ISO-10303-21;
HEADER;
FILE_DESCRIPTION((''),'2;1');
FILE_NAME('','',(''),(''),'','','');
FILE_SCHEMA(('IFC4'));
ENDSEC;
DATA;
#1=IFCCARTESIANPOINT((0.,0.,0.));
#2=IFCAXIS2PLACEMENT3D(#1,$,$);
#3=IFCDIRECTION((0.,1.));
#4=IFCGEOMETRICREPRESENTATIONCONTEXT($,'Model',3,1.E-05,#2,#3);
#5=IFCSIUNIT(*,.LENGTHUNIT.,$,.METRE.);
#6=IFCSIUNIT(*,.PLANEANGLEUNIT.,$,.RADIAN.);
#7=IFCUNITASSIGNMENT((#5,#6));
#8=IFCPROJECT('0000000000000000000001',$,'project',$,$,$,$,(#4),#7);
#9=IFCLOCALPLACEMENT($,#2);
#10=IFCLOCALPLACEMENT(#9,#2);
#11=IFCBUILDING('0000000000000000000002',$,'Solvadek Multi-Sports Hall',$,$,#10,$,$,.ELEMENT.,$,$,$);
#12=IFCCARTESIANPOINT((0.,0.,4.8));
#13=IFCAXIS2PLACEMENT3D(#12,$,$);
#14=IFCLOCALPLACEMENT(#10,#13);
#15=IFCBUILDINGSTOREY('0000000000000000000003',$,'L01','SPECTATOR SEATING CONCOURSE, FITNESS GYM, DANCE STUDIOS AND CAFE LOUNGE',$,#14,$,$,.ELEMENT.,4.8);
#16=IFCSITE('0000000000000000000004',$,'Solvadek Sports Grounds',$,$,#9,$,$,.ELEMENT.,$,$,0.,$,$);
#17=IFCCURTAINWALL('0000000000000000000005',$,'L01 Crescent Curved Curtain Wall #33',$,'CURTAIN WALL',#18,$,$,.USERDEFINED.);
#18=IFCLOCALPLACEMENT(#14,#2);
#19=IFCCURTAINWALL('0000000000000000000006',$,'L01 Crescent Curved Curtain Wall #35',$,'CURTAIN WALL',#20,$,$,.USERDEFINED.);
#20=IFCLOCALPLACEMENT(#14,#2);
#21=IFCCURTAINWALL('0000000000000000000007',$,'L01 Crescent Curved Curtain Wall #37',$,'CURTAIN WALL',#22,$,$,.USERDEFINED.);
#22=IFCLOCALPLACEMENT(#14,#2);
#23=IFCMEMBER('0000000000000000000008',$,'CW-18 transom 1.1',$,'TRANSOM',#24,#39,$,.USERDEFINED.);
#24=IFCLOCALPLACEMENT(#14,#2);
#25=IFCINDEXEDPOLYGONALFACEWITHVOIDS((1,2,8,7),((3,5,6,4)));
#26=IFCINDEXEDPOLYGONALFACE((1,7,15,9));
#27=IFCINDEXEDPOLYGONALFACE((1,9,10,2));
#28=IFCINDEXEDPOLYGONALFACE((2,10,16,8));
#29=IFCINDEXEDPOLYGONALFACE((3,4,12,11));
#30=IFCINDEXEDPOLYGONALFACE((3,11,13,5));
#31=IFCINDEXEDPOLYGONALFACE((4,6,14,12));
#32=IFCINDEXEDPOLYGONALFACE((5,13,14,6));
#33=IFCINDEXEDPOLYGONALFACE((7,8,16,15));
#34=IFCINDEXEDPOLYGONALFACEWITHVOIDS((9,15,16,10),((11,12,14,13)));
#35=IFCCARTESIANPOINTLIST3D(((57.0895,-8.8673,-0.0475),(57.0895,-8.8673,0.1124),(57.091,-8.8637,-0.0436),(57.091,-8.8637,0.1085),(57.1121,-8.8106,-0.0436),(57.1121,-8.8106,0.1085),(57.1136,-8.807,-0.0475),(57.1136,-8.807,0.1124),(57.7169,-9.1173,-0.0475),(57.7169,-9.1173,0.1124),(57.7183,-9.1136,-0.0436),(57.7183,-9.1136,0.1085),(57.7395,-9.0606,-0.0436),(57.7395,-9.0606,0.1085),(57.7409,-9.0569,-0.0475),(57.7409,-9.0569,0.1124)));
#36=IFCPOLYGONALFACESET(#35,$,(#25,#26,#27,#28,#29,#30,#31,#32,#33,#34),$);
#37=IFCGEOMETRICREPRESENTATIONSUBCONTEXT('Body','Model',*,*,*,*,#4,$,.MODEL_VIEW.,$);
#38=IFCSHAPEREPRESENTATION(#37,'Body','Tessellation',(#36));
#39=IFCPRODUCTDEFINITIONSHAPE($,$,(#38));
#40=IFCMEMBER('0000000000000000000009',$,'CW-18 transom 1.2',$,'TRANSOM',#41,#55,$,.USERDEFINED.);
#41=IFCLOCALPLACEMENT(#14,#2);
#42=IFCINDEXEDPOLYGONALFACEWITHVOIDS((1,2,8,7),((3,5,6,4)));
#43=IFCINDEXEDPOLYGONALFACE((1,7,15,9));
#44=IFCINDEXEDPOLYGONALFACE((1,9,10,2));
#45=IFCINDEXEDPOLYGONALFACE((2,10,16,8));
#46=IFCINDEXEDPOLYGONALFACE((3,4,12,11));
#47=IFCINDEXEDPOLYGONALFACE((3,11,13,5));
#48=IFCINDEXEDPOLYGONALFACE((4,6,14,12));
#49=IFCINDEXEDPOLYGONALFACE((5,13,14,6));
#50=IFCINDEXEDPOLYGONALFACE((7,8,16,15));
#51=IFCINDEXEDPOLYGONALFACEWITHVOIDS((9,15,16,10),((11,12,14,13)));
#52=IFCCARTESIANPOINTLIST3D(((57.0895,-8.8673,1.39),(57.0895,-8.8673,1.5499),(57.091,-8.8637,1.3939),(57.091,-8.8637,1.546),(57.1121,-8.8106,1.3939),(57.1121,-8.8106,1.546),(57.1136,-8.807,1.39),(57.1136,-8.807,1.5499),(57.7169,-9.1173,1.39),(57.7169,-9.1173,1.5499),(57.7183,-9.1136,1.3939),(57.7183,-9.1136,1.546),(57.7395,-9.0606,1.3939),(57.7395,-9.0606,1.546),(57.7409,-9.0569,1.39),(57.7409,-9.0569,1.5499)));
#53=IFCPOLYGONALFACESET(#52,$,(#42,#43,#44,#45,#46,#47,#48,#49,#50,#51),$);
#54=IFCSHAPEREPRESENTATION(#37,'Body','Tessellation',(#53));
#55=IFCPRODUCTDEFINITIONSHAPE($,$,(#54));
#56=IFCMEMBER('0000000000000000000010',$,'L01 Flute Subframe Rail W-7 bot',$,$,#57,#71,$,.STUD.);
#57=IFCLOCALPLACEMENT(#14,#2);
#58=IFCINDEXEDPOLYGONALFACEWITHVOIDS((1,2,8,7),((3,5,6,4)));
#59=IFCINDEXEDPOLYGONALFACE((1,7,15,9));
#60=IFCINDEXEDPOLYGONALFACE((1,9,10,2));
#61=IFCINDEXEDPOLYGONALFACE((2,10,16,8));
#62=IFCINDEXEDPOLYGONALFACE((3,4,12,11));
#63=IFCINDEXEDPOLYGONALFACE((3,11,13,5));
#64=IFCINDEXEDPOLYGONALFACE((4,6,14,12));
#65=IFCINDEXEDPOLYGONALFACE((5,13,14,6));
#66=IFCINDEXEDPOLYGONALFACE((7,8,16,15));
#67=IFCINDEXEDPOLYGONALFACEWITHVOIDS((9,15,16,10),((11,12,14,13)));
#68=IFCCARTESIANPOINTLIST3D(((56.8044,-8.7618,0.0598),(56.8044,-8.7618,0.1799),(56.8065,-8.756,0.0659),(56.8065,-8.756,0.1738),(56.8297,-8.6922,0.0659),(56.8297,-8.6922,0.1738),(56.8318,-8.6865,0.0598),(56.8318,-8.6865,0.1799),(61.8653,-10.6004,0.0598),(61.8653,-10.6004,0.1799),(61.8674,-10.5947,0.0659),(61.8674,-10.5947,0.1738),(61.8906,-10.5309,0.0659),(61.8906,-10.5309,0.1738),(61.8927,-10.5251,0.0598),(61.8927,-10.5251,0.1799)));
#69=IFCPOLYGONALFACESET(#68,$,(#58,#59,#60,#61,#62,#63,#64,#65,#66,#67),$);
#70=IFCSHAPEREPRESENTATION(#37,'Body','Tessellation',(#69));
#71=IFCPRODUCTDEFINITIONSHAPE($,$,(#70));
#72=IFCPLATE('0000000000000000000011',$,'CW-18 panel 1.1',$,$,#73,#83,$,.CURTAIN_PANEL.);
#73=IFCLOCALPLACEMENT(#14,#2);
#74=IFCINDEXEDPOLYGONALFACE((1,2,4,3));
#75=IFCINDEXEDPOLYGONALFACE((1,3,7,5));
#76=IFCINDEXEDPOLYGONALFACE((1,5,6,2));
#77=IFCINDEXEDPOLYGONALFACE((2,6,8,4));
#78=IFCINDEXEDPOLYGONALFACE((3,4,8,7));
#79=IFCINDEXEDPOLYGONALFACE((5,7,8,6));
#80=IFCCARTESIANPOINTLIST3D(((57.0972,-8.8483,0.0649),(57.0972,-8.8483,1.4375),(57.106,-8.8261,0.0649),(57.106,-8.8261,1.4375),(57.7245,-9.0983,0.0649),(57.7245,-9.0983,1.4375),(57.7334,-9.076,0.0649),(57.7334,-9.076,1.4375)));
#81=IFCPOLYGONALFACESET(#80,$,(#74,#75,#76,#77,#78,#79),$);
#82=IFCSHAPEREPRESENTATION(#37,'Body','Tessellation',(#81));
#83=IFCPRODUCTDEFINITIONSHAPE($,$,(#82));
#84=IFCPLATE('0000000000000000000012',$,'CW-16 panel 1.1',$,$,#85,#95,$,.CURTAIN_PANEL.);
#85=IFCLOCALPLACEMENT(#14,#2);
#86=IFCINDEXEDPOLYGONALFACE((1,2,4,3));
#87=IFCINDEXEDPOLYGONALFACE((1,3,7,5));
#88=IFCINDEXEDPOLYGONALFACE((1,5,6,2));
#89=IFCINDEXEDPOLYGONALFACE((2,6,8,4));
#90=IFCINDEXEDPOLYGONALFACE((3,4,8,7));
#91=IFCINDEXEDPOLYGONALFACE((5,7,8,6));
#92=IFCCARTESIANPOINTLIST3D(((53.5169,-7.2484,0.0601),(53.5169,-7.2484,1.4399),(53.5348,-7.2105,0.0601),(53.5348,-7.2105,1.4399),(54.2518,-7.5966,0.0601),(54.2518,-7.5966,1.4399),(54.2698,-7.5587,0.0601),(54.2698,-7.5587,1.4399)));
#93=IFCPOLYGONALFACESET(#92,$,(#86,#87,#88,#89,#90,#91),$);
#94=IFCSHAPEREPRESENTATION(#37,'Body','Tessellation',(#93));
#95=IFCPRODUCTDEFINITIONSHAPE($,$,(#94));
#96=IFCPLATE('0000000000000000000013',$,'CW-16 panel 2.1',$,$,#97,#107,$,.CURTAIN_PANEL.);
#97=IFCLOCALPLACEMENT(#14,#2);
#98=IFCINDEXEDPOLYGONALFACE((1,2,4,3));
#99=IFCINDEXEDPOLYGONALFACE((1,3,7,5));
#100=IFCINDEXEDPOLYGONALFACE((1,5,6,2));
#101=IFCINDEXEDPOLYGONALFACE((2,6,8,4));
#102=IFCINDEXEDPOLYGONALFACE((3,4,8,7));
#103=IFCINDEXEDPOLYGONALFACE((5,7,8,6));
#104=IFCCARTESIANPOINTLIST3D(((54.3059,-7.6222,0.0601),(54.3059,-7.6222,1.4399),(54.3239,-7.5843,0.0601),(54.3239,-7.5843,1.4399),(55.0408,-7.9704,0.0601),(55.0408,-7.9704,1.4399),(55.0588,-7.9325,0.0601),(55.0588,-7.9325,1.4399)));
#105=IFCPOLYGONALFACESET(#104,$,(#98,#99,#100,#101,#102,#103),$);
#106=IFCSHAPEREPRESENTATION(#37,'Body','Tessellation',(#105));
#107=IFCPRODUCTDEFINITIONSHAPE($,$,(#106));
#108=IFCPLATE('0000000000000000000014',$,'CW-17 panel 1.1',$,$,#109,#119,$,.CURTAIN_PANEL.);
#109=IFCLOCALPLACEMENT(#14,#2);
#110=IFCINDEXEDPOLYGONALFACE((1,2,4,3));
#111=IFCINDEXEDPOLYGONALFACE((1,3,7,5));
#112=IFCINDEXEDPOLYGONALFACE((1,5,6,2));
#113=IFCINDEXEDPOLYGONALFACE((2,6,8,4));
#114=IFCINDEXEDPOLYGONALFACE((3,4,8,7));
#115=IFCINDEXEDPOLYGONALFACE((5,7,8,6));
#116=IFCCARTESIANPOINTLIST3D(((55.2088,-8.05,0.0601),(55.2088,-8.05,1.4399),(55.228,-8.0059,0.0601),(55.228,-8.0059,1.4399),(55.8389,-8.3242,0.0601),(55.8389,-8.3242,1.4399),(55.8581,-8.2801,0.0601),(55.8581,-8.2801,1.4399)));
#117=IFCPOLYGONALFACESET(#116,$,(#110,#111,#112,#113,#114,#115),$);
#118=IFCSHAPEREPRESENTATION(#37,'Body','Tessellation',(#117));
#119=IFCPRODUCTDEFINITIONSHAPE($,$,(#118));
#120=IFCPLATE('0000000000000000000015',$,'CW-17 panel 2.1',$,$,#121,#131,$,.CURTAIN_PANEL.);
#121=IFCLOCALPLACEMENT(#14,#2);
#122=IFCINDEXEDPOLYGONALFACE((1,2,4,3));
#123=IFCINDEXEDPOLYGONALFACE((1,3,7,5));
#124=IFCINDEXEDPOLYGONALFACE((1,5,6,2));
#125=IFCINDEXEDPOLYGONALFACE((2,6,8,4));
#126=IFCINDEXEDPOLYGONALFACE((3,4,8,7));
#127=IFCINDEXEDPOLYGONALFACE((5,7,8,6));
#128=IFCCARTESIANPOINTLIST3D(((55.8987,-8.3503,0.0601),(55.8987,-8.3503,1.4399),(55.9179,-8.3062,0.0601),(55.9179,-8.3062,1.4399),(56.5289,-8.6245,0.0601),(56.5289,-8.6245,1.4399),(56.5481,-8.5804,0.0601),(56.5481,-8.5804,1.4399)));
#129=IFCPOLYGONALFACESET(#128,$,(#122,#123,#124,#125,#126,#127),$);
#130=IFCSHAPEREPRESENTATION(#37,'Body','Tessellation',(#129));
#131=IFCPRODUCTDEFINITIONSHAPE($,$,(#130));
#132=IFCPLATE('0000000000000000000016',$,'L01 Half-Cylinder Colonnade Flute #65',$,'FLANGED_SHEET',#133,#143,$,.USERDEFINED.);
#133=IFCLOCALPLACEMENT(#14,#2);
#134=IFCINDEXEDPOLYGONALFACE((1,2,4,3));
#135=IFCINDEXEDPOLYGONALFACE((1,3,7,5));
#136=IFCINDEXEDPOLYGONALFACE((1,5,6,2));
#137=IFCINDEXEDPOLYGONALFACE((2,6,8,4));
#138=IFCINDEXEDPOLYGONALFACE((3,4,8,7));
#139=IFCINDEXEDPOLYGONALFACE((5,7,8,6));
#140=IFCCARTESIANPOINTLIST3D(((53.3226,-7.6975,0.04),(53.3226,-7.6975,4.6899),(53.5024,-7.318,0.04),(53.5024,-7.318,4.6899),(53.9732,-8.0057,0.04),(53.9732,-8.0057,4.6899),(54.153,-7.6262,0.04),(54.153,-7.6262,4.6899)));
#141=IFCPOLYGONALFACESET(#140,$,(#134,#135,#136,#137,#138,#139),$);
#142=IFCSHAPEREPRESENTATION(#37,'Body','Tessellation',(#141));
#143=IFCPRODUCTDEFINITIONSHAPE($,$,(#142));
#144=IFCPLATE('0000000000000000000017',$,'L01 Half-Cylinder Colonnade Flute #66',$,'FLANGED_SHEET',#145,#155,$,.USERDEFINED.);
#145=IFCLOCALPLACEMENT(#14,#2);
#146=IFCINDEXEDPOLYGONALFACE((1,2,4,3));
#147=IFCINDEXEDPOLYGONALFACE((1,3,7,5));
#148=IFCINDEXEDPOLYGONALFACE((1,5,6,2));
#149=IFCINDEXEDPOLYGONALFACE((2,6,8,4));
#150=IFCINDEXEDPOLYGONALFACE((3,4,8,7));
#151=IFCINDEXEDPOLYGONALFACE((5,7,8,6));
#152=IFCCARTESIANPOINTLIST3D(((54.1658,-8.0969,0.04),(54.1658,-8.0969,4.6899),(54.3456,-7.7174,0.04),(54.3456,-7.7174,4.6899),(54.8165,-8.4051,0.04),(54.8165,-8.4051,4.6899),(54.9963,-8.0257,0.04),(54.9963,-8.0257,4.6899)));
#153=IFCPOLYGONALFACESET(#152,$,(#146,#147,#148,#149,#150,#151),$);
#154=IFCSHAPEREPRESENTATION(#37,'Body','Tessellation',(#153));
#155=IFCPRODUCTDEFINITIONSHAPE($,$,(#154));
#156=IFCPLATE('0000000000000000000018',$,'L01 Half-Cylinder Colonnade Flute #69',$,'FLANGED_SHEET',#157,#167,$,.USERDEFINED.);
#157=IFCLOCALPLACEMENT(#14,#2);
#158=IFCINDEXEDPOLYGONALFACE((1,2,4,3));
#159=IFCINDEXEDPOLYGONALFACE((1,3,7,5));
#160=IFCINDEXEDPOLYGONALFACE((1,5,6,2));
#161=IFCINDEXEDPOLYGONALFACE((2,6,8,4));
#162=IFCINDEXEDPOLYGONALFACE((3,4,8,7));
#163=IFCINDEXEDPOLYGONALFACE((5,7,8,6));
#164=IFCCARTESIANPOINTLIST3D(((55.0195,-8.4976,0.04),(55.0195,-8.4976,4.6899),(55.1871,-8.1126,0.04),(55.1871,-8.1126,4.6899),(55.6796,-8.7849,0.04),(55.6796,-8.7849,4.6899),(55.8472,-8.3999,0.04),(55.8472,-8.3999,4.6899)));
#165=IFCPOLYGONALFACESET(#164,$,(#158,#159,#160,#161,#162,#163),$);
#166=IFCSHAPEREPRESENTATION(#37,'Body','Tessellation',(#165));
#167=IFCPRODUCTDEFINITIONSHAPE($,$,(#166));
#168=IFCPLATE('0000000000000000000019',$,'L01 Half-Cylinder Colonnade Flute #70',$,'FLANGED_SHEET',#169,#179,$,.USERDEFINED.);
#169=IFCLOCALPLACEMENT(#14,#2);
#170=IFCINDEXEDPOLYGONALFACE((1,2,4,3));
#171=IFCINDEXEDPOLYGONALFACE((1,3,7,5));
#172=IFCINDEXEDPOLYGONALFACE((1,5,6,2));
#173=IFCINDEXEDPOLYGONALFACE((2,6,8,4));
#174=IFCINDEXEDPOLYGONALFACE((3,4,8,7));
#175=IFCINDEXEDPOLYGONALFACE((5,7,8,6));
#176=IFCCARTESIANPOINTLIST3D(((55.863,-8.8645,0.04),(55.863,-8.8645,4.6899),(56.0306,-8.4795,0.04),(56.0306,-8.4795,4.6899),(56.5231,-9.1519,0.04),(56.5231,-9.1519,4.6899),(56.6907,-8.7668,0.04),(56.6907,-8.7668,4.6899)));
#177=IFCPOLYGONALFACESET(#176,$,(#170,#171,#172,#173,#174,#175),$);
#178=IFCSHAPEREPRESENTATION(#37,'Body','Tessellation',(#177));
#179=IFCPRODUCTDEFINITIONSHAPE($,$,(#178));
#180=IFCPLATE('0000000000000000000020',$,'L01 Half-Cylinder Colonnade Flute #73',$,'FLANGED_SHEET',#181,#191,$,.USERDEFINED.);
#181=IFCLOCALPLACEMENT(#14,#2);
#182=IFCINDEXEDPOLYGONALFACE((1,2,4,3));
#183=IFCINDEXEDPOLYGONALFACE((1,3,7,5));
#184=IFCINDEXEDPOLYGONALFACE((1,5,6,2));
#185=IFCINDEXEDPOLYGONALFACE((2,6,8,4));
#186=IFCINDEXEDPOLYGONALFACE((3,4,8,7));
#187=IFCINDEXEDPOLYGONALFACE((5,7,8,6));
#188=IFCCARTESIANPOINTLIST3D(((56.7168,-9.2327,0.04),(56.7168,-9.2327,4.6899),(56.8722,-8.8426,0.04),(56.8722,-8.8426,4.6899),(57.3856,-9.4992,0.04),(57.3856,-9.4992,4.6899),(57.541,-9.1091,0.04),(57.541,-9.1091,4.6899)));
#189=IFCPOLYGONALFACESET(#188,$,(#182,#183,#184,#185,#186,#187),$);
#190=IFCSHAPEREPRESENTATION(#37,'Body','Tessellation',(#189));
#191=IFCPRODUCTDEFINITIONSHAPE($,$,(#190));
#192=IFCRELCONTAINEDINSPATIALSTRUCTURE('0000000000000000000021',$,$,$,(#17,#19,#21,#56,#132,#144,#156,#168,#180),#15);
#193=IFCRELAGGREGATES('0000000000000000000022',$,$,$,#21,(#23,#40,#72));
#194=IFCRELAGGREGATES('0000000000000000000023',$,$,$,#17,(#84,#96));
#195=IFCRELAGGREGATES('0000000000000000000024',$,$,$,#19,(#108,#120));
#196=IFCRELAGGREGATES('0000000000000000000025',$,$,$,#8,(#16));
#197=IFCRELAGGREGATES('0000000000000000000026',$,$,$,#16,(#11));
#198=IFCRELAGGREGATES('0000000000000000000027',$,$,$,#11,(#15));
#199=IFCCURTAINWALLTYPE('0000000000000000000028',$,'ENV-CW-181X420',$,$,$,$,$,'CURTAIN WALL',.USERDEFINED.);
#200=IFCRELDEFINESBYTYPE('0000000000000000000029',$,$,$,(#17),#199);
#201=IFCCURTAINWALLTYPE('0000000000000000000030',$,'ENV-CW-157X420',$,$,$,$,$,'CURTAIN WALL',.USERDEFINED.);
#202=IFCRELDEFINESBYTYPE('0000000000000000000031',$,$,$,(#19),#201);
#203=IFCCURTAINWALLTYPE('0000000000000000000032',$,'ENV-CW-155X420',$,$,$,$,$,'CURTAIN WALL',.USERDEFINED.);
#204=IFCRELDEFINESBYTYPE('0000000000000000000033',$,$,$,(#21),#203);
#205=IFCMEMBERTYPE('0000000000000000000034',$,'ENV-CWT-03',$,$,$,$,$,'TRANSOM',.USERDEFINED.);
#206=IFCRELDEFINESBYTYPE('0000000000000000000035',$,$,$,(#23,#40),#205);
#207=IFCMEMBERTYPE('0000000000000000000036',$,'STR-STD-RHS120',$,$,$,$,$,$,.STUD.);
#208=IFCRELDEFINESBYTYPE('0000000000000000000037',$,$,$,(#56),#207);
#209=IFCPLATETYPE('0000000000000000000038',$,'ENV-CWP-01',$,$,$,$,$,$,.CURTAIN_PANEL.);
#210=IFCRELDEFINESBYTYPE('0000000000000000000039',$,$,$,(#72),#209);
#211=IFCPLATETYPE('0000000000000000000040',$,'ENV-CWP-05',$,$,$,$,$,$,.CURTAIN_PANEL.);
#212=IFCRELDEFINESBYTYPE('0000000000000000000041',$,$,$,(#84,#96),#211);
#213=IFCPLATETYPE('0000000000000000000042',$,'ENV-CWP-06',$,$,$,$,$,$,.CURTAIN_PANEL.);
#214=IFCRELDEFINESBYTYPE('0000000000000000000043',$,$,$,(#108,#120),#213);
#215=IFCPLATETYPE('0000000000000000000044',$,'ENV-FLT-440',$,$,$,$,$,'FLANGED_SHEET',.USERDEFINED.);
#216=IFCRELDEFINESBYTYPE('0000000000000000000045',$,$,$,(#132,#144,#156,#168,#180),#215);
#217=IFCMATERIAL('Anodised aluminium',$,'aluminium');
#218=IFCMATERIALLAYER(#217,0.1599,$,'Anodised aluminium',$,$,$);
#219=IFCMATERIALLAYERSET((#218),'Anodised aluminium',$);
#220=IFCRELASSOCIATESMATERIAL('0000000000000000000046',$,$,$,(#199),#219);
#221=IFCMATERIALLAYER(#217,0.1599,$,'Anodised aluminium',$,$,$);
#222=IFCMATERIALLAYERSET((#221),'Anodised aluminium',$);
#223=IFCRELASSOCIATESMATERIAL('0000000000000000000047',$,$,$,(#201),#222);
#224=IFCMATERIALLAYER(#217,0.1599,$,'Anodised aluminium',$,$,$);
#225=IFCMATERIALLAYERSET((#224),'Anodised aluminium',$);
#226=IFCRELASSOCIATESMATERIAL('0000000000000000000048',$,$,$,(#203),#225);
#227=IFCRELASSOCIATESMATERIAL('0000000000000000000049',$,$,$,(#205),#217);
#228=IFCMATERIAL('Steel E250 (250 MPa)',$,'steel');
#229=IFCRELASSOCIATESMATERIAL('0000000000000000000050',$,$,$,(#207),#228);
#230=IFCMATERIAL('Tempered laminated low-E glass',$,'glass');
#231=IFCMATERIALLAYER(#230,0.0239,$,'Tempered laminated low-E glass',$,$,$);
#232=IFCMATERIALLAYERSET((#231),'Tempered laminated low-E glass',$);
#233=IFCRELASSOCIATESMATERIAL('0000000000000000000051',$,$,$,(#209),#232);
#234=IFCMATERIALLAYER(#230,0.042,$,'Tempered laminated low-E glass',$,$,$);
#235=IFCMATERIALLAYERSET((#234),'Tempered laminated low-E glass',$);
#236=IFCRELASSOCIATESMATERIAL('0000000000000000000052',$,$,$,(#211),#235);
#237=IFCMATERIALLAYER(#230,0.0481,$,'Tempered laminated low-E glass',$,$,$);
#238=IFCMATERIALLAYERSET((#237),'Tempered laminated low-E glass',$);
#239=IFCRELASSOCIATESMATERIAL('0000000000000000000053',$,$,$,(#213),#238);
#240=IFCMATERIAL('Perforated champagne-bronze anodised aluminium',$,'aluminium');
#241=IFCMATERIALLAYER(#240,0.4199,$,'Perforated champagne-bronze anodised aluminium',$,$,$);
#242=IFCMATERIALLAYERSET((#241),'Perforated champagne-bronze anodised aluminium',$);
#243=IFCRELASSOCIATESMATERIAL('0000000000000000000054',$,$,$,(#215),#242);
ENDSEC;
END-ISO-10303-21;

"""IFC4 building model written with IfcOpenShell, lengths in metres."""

from ifc_helpers import new_model, si_unit, direction, frame, origin, origin_2d, place, context, subcontext, project, spatial, rectangle, hollow_rectangle, extrude, material, layer, layer_set, material_profile, profile_set, type_object, element, aggregate, save


model = new_model("IFC4")

# Units and contexts
model_context = context("Model", 3, precision=1e-05, world=origin(), true_north=direction((0.0, 1.0)))
body_context = subcontext(model_context, "Body", "Model", "MODEL_VIEW")
ifc_project = project(units=[si_unit("LENGTHUNIT", "METRE"), si_unit("PLANEANGLEUNIT", "RADIAN")], contexts=[model_context])

# Site, building, storey
site_placement = place(None, origin())
site = spatial("IfcSite", under=ifc_project, at=site_placement, Name="Solvadek Sports Grounds", CompositionType="ELEMENT", RefElevation=0.0)
building_placement = place(site_placement, origin())
building = spatial("IfcBuilding", under=site, at=building_placement, Name="Solvadek Multi-Sports Hall", CompositionType="ELEMENT")
storey_placement = place(building_placement, frame((0.0, 0.0, 4.8)))
storey = spatial("IfcBuildingStorey", under=building, at=storey_placement, Name="L01", Description="SPECTATOR SEATING CONCOURSE, FITNESS GYM, DANCE STUDIOS AND CAFE LOUNGE", CompositionType="ELEMENT", Elevation=4.8)

# Curtain walls
ifc_material_1 = material(Name="Anodised aluminium", Category="aluminium")
ifc_layer_1 = layer(ifc_material_1, 0.1599, Name="Anodised aluminium")
ifc_layer_set_1 = layer_set([ifc_layer_1], Name="Anodised aluminium")
curtain_wall_type_1 = type_object("IfcCurtainWallType", Name="ENV-CW-181X420", ElementType="CURTAIN WALL", PredefinedType="USERDEFINED", material=ifc_layer_set_1)
curtain_wall_1_placement = place(storey_placement, origin())
curtain_wall_1 = element("IfcCurtainWall", 1, at=curtain_wall_1_placement, inside=storey, type_object=curtain_wall_type_1, Name="L01 Crescent Curved Curtain Wall #33", ObjectType="CURTAIN WALL", PredefinedType="USERDEFINED")
ifc_layer_2 = layer(ifc_material_1, 0.1599, Name="Anodised aluminium")
ifc_layer_set_2 = layer_set([ifc_layer_2], Name="Anodised aluminium")
curtain_wall_type_2 = type_object("IfcCurtainWallType", Name="ENV-CW-157X420", ElementType="CURTAIN WALL", PredefinedType="USERDEFINED", material=ifc_layer_set_2)
curtain_wall_2_placement = place(storey_placement, origin())
curtain_wall_2 = element("IfcCurtainWall", 2, at=curtain_wall_2_placement, inside=storey, type_object=curtain_wall_type_2, Name="L01 Crescent Curved Curtain Wall #35", ObjectType="CURTAIN WALL", PredefinedType="USERDEFINED")

# Curtain wall
ifc_layer_3 = layer(ifc_material_1, 0.1599, Name="Anodised aluminium")
ifc_layer_set_3 = layer_set([ifc_layer_3], Name="Anodised aluminium")
curtain_wall_type_3 = type_object("IfcCurtainWallType", Name="ENV-CW-155X420", ElementType="CURTAIN WALL", PredefinedType="USERDEFINED", material=ifc_layer_set_3)
curtain_wall_3_placement = place(storey_placement, origin())
curtain_wall_3 = element("IfcCurtainWall", 3, at=curtain_wall_3_placement, inside=storey, type_object=curtain_wall_type_3, Name="L01 Crescent Curved Curtain Wall #37", ObjectType="CURTAIN WALL", PredefinedType="USERDEFINED")

# Members
ifc_material_profile_1 = material_profile(ifc_material_1, hollow_rectangle(XDim=0.0649, YDim=0.1599, WallThickness=0.0039, at=origin_2d()), Name="ALU-T 160x65x4")
ifc_profile_set_1 = profile_set([ifc_material_profile_1], Name="Anodised aluminium")
member_type_1 = type_object("IfcMemberType", Name="ENV-CWT-03", ElementType="TRANSOM", PredefinedType="USERDEFINED", material=ifc_profile_set_1)
member_1_placement = place(storey_placement, frame((57.1016, -8.8372, 0.0325), z_axis=(0.928974, -0.370144, 0.0), x_axis=(0.370144, 0.928974, 0.0)))
member_1 = element("IfcMember", 4, at=member_1_placement, type_object=member_type_1, Name="CW-18 transom 1.1", ObjectType="TRANSOM", PredefinedType="USERDEFINED", context=body_context, shape_type="SweptSolid", body=[
    extrude(hollow_rectangle(XDim=0.0649, YDim=0.1599, WallThickness=0.0039, at=origin_2d()), origin(), (0.0, 0.0, 1.0), 0.6753),
])
member_2_placement = place(storey_placement, frame((57.1016, -8.8372, 1.47), z_axis=(0.928974, -0.370144, 0.0), x_axis=(0.370144, 0.928974, 0.0)))
member_2 = element("IfcMember", 5, at=member_2_placement, type_object=member_type_1, Name="CW-18 transom 1.2", ObjectType="TRANSOM", PredefinedType="USERDEFINED", context=body_context, shape_type="SweptSolid", body=[
    extrude(hollow_rectangle(XDim=0.0649, YDim=0.1599, WallThickness=0.0039, at=origin_2d()), origin(), (0.0, 0.0, 1.0), 0.6753),
])
ifc_material_2 = material(Name="Steel E250 (250 MPa)", Category="steel")
ifc_material_profile_2 = material_profile(ifc_material_2, hollow_rectangle(XDim=0.0801, YDim=0.1201, WallThickness=0.0061, at=origin_2d()), Name="RHS 120x80x6")
ifc_profile_set_2 = profile_set([ifc_material_profile_2], Name="Steel E250 (250 MPa)")
member_type_2 = type_object("IfcMemberType", Name="STR-STD-RHS120", PredefinedType="STUD", material=ifc_profile_set_2)
member_3_placement = place(storey_placement, frame((56.8181, -8.7241, 0.1199), z_axis=(0.939893, -0.34147, 0.0), x_axis=(0.34147, 0.939893, 0.0)))
element("IfcMember", 6, at=member_3_placement, inside=storey, type_object=member_type_2, Name="L01 Flute Subframe Rail W-7 bot", PredefinedType="STUD", context=body_context, shape_type="SweptSolid", body=[
    extrude(hollow_rectangle(XDim=0.0801, YDim=0.1201, WallThickness=0.0061, at=origin_2d()), origin(), (0.0, 0.0, 1.0), 5.3845),
])

# Plates
ifc_material_3 = material(Name="Tempered laminated low-E glass", Category="glass")
ifc_layer_4 = layer(ifc_material_3, 0.0239, Name="Tempered laminated low-E glass")
ifc_layer_set_4 = layer_set([ifc_layer_4], Name="Tempered laminated low-E glass")
plate_type_1 = type_object("IfcPlateType", Name="ENV-CWP-01", PredefinedType="CURTAIN_PANEL", material=ifc_layer_set_4)
plate_1_placement = place(storey_placement, frame((57.4153, -8.9622, 0.0649), z_axis=(0.0, 0.0, 1.0), x_axis=(0.928967, -0.370163, 0.0)))
plate_1 = element("IfcPlate", 7, at=plate_1_placement, type_object=plate_type_1, Name="CW-18 panel 1.1", PredefinedType="CURTAIN_PANEL", context=body_context, shape_type="SweptSolid", body=[
    extrude(rectangle(XDim=0.6753, YDim=0.0239, at=origin_2d()), origin(), (0.0, 0.0, 1.0), 1.3726),
])
aggregate(curtain_wall_3, [member_1, member_2, plate_1])
ifc_layer_5 = layer(ifc_material_3, 0.042, Name="Tempered laminated low-E glass")
ifc_layer_set_5 = layer_set([ifc_layer_5], Name="Tempered laminated low-E glass")
plate_type_2 = type_object("IfcPlateType", Name="ENV-CWP-05", PredefinedType="CURTAIN_PANEL", material=ifc_layer_set_5)
plate_2_placement = place(storey_placement, frame((53.8933, -7.4036, 0.0601), z_axis=(0.0, 0.0, 1.0), x_axis=(0.903703, -0.42816, 0.0)))
plate_2 = element("IfcPlate", 8, at=plate_2_placement, type_object=plate_type_2, Name="CW-16 panel 1.1", PredefinedType="CURTAIN_PANEL", context=body_context, shape_type="SweptSolid", body=[
    extrude(rectangle(XDim=0.8132, YDim=0.042, at=origin_2d()), origin(), (0.0, 0.0, 1.0), 1.3799),
])
plate_3_placement = place(storey_placement, frame((54.6824, -7.7773, 0.0601), z_axis=(0.0, 0.0, 1.0), x_axis=(0.903703, -0.42816, 0.0)))
plate_3 = element("IfcPlate", 9, at=plate_3_placement, type_object=plate_type_2, Name="CW-16 panel 2.1", PredefinedType="CURTAIN_PANEL", context=body_context, shape_type="SweptSolid", body=[
    extrude(rectangle(XDim=0.8132, YDim=0.042, at=origin_2d()), origin(), (0.0, 0.0, 1.0), 1.3799),
])
aggregate(curtain_wall_1, [plate_2, plate_3])
ifc_layer_6 = layer(ifc_material_3, 0.0481, Name="Tempered laminated low-E glass")
ifc_layer_set_6 = layer_set([ifc_layer_6], Name="Tempered laminated low-E glass")
plate_type_3 = type_object("IfcPlateType", Name="ENV-CWP-06", PredefinedType="CURTAIN_PANEL", material=ifc_layer_set_6)
plate_4_placement = place(storey_placement, frame((55.5334, -8.165, 0.0601), z_axis=(0.0, 0.0, 1.0), x_axis=(0.916926, -0.399057, 0.0)))
plate_4 = element("IfcPlate", 10, at=plate_4_placement, type_object=plate_type_3, Name="CW-17 panel 1.1", PredefinedType="CURTAIN_PANEL", context=body_context, shape_type="SweptSolid", body=[
    extrude(rectangle(XDim=0.6873, YDim=0.0481, at=origin_2d()), origin(), (0.0, 0.0, 1.0), 1.3799),
])
plate_5_placement = place(storey_placement, frame((56.2234, -8.4653, 0.0601), z_axis=(0.0, 0.0, 1.0), x_axis=(0.916926, -0.399057, 0.0)))
plate_5 = element("IfcPlate", 11, at=plate_5_placement, type_object=plate_type_3, Name="CW-17 panel 2.1", PredefinedType="CURTAIN_PANEL", context=body_context, shape_type="SweptSolid", body=[
    extrude(rectangle(XDim=0.6873, YDim=0.0481, at=origin_2d()), origin(), (0.0, 0.0, 1.0), 1.3799),
])
aggregate(curtain_wall_2, [plate_4, plate_5])

# Plates
ifc_material_4 = material(Name="Perforated champagne-bronze anodised aluminium", Category="aluminium")
ifc_layer_7 = layer(ifc_material_4, 0.4199, Name="Perforated champagne-bronze anodised aluminium")
ifc_layer_set_7 = layer_set([ifc_layer_7], Name="Perforated champagne-bronze anodised aluminium")
plate_type_4 = type_object("IfcPlateType", Name="ENV-FLT-440", ElementType="FLANGED_SHEET", PredefinedType="USERDEFINED", material=ifc_layer_set_7)
for number, where, z_axis, x_axis, name in (
    (12, (53.7378, -7.6619, 0.04), (0.0, 0.0, 1.0), (0.903719, -0.428125, 0.0), "L01 Half-Cylinder Colonnade Flute #65"),
    (13, (54.5811, -8.0613, 0.04), (0.0, 0.0, 1.0), (0.903719, -0.428125, 0.0), "L01 Half-Cylinder Colonnade Flute #66"),
    (14, (55.4333, -8.4487, 0.04), (0.0, 0.0, 1.0), (0.916918, -0.399076, 0.0), "L01 Half-Cylinder Colonnade Flute #69"),
    (15, (56.2769, -8.8157, 0.04), (0.0, 0.0, 1.0), (0.916918, -0.399076, 0.0), "L01 Half-Cylinder Colonnade Flute #70"),
    (16, (57.1289, -9.1709, 0.04), (0.0, 0.0, 1.0), (0.928981, -0.370128, 0.0), "L01 Half-Cylinder Colonnade Flute #73"),
):
    element("IfcPlate", number, at=place(storey_placement, frame(where, z_axis=z_axis, x_axis=x_axis)), inside=storey, type_object=plate_type_4, Name=name, ObjectType="FLANGED_SHEET", PredefinedType="USERDEFINED", context=body_context, shape_type="SweptSolid", body=[
        extrude(rectangle(XDim=0.72, YDim=0.4199, at=origin_2d()), origin(), (0.0, 0.0, 1.0), 4.6499),
    ])

save(model, "model.ifc")
